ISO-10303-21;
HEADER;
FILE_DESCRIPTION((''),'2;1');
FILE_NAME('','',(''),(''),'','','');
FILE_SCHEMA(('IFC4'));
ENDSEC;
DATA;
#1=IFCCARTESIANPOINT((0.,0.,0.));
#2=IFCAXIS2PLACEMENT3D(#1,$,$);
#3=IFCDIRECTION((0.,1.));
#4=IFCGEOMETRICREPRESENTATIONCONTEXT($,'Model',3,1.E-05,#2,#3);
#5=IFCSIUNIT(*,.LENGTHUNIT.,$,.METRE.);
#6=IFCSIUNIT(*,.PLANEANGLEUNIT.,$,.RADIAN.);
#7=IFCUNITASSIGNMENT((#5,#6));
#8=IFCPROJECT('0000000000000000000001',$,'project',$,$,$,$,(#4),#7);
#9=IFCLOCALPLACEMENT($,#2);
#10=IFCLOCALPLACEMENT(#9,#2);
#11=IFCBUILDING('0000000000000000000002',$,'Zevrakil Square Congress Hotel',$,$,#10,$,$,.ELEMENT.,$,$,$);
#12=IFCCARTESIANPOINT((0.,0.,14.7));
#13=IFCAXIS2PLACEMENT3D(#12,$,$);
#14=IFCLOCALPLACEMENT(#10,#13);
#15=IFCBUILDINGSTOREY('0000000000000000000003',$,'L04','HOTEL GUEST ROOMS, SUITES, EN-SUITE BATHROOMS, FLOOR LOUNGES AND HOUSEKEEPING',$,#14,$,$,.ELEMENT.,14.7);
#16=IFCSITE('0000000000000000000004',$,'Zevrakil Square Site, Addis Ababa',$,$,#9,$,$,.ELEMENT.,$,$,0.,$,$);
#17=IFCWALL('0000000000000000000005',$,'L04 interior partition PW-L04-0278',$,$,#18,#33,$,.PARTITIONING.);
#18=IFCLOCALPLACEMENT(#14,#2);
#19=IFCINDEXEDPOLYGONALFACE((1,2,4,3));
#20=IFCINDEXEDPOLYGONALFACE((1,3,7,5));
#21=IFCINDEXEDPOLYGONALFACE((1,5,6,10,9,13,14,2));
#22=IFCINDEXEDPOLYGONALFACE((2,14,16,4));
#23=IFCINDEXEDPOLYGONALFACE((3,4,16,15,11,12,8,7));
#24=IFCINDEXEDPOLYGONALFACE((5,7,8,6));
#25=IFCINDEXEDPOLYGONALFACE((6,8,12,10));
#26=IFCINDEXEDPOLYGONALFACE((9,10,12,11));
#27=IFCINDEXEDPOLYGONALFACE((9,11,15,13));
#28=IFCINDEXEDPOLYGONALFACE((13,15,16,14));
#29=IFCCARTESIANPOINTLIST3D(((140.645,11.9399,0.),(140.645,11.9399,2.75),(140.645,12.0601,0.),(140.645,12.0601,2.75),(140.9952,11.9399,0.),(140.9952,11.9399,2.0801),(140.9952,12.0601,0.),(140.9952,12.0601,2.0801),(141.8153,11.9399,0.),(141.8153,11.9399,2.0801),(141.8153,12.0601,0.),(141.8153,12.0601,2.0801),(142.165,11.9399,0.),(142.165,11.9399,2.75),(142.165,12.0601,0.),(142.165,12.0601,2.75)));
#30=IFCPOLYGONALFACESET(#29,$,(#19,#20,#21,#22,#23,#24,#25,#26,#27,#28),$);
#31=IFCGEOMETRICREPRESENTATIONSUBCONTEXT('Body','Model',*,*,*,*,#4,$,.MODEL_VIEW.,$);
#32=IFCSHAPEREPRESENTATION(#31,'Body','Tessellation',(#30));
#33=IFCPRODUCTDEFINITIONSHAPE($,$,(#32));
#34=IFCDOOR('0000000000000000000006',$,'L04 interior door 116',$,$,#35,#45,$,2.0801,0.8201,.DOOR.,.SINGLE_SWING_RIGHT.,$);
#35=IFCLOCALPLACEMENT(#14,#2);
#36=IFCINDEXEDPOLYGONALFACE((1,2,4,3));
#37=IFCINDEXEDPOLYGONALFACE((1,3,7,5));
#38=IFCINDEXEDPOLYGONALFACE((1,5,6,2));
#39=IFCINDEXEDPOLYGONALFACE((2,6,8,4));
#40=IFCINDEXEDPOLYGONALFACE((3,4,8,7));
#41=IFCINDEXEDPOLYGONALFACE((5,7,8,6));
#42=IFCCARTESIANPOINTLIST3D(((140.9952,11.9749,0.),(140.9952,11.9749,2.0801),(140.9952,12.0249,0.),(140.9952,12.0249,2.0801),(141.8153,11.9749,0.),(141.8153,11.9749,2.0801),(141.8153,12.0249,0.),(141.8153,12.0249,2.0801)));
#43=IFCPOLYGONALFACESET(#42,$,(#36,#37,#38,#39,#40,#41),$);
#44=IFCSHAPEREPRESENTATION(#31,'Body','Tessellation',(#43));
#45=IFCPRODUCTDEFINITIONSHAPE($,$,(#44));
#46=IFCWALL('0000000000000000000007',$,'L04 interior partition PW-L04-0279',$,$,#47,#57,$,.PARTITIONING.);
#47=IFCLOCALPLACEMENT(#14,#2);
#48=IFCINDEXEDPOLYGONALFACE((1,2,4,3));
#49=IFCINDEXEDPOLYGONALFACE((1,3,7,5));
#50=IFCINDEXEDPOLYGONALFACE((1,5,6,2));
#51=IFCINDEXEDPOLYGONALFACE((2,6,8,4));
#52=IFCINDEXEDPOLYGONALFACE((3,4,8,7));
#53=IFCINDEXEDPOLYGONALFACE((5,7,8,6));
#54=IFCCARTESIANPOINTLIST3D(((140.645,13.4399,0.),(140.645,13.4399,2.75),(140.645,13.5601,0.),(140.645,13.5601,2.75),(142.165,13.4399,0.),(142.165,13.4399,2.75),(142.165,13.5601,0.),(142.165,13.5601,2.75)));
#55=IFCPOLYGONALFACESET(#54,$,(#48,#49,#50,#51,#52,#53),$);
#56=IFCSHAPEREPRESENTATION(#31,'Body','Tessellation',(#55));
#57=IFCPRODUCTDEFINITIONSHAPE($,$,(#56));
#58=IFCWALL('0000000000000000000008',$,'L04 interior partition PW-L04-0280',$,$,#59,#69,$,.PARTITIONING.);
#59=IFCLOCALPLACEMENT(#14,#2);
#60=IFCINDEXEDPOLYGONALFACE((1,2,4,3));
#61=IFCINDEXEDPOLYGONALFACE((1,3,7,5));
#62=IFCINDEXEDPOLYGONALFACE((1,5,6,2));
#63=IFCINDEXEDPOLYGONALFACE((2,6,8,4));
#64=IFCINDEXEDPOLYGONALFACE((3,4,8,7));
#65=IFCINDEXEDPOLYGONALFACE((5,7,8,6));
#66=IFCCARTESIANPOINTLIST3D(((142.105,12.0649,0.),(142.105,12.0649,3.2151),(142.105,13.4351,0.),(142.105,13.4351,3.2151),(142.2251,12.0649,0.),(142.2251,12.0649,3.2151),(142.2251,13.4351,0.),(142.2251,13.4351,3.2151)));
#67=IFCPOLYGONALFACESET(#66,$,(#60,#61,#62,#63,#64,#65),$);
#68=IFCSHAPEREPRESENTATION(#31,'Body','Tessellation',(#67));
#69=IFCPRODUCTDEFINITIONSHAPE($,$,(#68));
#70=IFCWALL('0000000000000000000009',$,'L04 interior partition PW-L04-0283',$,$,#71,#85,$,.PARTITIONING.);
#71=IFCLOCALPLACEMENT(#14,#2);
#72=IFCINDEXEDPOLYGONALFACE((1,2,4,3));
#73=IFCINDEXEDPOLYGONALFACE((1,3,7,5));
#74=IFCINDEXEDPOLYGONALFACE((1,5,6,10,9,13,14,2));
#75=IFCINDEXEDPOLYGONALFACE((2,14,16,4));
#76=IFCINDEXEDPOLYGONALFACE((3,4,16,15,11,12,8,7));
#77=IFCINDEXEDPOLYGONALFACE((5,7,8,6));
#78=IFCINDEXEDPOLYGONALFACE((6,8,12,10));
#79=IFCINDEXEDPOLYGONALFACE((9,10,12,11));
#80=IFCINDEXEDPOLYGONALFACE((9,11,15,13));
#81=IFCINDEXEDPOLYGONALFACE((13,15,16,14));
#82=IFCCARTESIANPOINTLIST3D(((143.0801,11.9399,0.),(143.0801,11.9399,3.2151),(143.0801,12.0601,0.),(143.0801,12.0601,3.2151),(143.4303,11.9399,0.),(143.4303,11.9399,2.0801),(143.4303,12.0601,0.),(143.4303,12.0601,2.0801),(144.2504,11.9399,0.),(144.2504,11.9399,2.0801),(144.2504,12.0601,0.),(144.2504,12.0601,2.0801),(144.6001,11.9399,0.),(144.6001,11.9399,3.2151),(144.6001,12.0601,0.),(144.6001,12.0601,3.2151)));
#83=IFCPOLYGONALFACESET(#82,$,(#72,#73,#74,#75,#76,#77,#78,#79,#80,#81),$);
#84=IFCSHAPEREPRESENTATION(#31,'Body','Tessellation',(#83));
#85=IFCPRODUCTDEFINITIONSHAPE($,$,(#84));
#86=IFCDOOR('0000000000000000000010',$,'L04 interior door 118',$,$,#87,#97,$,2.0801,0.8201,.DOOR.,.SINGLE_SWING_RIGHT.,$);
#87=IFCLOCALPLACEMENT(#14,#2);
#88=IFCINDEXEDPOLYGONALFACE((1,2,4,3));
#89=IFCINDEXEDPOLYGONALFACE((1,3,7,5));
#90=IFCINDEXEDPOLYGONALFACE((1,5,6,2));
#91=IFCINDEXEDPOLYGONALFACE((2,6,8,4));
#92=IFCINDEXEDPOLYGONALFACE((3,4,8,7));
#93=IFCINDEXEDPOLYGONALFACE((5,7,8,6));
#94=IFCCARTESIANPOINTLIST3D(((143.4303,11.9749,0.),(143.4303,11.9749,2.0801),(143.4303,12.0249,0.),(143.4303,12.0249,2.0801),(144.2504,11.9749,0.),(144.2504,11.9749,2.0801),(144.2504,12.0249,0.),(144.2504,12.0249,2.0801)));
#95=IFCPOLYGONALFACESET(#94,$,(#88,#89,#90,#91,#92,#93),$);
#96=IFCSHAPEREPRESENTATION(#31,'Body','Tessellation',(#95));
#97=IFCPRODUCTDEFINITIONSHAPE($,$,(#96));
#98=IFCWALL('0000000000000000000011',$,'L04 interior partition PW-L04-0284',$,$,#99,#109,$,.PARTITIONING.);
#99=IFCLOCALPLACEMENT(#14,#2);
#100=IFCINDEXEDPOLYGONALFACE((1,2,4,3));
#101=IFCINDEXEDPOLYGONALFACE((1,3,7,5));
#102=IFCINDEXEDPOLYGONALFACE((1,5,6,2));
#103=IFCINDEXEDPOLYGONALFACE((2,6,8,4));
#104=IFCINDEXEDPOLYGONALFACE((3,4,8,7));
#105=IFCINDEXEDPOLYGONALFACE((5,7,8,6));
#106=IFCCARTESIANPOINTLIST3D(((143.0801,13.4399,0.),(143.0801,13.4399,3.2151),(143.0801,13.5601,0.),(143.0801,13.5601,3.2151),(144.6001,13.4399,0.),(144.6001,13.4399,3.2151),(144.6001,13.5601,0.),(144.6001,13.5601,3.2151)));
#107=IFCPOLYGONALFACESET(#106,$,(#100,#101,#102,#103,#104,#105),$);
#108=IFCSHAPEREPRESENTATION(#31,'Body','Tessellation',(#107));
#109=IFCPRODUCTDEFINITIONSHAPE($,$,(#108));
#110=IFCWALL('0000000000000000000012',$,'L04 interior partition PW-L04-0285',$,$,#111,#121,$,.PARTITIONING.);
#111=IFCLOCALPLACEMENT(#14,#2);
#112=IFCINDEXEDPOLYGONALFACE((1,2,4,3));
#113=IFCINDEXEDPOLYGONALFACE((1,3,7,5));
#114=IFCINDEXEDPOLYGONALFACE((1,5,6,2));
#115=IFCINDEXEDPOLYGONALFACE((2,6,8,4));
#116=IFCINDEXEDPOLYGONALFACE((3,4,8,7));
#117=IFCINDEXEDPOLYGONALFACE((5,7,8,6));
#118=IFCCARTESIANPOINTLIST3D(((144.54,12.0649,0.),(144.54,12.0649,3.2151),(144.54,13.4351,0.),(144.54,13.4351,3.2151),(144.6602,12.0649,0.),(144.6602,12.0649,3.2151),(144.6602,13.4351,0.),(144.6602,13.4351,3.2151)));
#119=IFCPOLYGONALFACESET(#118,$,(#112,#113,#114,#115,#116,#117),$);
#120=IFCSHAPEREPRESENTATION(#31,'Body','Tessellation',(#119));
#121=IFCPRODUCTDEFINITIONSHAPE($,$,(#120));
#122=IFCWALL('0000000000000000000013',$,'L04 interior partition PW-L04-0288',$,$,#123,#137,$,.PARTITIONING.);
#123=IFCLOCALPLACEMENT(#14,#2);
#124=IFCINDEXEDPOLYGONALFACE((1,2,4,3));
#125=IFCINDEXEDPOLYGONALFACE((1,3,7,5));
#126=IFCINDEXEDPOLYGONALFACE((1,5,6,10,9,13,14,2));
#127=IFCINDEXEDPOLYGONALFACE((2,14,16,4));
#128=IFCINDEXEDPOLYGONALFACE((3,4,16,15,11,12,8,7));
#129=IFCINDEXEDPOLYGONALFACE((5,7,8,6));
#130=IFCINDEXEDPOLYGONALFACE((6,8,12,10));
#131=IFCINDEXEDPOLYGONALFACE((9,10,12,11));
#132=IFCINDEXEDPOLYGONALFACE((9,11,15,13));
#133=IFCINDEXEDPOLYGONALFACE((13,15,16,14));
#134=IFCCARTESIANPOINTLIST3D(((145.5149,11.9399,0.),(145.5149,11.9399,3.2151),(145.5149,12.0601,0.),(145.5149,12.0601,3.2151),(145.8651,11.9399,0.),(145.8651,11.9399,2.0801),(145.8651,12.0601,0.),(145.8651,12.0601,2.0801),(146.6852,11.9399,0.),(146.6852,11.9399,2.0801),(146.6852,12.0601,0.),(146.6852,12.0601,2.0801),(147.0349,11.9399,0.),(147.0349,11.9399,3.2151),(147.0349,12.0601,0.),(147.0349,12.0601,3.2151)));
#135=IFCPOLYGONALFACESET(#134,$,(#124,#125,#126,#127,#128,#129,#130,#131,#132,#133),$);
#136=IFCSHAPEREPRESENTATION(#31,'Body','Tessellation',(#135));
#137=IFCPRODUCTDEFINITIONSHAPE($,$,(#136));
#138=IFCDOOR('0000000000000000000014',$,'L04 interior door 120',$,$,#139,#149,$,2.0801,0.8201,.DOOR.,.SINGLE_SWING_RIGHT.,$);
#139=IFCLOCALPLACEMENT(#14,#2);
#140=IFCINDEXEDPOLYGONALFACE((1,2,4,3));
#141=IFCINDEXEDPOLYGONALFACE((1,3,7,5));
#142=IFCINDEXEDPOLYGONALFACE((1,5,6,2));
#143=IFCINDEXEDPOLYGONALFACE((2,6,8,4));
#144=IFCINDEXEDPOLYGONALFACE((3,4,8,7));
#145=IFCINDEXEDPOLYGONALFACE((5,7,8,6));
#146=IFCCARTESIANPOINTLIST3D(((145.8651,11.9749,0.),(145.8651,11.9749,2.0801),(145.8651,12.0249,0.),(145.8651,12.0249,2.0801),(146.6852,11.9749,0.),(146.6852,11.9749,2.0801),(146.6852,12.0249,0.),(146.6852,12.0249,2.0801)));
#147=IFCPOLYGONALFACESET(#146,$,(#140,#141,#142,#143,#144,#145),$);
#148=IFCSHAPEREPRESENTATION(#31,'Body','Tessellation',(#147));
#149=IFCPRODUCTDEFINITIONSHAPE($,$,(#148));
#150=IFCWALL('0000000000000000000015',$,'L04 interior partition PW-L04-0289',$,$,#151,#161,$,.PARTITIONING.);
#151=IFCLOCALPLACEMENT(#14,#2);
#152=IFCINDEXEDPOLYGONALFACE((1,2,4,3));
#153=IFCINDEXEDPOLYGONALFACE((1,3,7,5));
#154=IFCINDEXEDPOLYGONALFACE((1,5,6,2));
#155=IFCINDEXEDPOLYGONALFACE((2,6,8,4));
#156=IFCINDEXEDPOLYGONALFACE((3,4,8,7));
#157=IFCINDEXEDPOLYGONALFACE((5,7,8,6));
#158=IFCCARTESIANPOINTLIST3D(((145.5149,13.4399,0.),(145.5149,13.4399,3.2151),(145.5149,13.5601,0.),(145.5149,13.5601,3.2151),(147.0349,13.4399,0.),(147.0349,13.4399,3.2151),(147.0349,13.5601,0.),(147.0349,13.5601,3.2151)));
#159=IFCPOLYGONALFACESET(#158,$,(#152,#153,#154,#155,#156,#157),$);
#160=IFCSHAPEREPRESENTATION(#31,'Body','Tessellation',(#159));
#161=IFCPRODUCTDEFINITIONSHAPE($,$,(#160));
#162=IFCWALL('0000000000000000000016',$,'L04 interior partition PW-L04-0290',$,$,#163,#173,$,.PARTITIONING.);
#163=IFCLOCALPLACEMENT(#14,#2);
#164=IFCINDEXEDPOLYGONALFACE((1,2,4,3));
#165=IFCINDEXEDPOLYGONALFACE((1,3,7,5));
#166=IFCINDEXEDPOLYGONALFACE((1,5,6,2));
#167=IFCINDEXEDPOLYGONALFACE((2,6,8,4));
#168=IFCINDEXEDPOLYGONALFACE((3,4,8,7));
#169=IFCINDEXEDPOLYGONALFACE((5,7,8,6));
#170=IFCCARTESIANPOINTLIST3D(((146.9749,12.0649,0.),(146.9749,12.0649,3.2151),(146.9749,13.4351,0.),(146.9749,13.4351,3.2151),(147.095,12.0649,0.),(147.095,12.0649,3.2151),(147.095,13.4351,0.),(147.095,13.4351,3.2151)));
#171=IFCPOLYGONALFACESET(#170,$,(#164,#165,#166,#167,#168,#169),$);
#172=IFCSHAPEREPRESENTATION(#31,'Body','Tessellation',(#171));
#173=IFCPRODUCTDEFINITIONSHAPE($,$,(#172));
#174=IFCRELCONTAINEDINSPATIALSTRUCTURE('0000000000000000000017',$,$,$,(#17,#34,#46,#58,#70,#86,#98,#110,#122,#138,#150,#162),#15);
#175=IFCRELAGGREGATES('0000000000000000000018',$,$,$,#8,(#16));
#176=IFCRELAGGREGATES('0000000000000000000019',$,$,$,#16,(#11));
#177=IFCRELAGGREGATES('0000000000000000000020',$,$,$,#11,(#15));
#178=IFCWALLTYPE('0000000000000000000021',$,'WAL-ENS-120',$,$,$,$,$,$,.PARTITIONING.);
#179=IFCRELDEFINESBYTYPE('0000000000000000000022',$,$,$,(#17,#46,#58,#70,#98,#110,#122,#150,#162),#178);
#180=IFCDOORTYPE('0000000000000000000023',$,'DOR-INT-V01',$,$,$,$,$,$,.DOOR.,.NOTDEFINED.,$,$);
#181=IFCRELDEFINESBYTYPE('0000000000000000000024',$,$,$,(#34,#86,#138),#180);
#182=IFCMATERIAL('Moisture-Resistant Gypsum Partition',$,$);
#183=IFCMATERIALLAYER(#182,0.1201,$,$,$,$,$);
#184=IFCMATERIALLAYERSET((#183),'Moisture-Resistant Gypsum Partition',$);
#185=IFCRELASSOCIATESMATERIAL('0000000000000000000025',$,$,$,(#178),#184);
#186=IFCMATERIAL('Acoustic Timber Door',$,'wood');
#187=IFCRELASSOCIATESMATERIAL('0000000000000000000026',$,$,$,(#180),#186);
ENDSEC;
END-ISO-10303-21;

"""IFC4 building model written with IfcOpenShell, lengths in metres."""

from ifc_helpers import new_model, si_unit, direction, frame, frame_2d, origin, place, context, subcontext, project, spatial, rectangle, extrude, material, layer, layer_set, type_object, element, fill, save


model = new_model("IFC4")

# Units and contexts
model_context = context("Model", 3, precision=1e-05, world=origin(), true_north=direction((0.0, 1.0)))
body_context = subcontext(model_context, "Body", "Model", "MODEL_VIEW")
ifc_project = project(units=[si_unit("LENGTHUNIT", "METRE"), si_unit("PLANEANGLEUNIT", "RADIAN")], contexts=[model_context])

# Site, building, storey
site_placement = place(None, origin())
site = spatial("IfcSite", under=ifc_project, at=site_placement, Name="Zevrakil Square Site, Addis Ababa", CompositionType="ELEMENT", RefElevation=0.0)
building_placement = place(site_placement, origin())
building = spatial("IfcBuilding", under=site, at=building_placement, Name="Zevrakil Square Congress Hotel", CompositionType="ELEMENT")
storey_placement = place(building_placement, frame((0.0, 0.0, 14.7)))
storey = spatial("IfcBuildingStorey", under=building, at=storey_placement, Name="L04", Description="HOTEL GUEST ROOMS, SUITES, EN-SUITE BATHROOMS, FLOOR LOUNGES AND HOUSEKEEPING", CompositionType="ELEMENT", Elevation=14.7)

# Shared definitions
ifc_material_1 = material(Name="Moisture-Resistant Gypsum Partition")
ifc_layer_1 = layer(ifc_material_1, 0.1201)
ifc_layer_set_1 = layer_set([ifc_layer_1], Name="Moisture-Resistant Gypsum Partition")
wall_type = type_object("IfcWallType", Name="WAL-ENS-120", PredefinedType="PARTITIONING", material=ifc_layer_set_1)

# Wall, opening, door
wall_1_placement = place(storey_placement, frame((140.645, 12.0, 0.0), z_axis=(0.0, 0.0, 1.0), x_axis=(1.0, 0.0, 0.0)))
wall_1 = element("IfcWall", 1, at=wall_1_placement, inside=storey, type_object=wall_type, Name="L04 interior partition PW-L04-0278", PredefinedType="PARTITIONING", context=body_context, shape_type="SweptSolid", body=[
    extrude(rectangle(XDim=1.52, YDim=0.1201, at=frame_2d((0.76, 0.0))), origin(), (0.0, 0.0, 1.0), 2.75),
])
opening_1_placement = place(wall_1_placement, frame((0.3501, 0.0, 0.0)))
opening_1 = element("IfcOpeningElement", 2, at=opening_1_placement, cuts=wall_1, PredefinedType="OPENING", context=body_context, shape_type="SweptSolid", body=[
    extrude(rectangle(XDim=0.8201, YDim=2.0801, at=frame_2d((0.4102, 1.04))), frame((0.0, 0.0701, 0.0), z_axis=(0.0, -1.0, 0.0), x_axis=(1.0, 0.0, 0.0)), (0.0, 0.0, 1.0), 0.1401),
])
ifc_material_2 = material(Name="Acoustic Timber Door", Category="wood")
door_type = type_object("IfcDoorType", Name="DOR-INT-V01", OperationType="NOTDEFINED", PredefinedType="DOOR", material=ifc_material_2)
door_1_placement = place(opening_1_placement, origin())
door_1 = element("IfcDoor", 3, at=door_1_placement, inside=storey, type_object=door_type, Name="L04 interior door 116", OperationType="SINGLE_SWING_RIGHT", OverallHeight=2.0801, OverallWidth=0.8201, PredefinedType="DOOR", context=body_context, shape_type="SweptSolid", body=[
    extrude(rectangle(XDim=0.8201, YDim=2.0801, at=frame_2d((0.4102, 1.04))), frame((0.0, 0.0249, 0.0), z_axis=(0.0, -1.0, 0.0), x_axis=(1.0, 0.0, 0.0)), (0.0, 0.0, 1.0), 0.05),
])
fill(opening_1, door_1)

# Walls
wall_2_placement = place(storey_placement, frame((140.645, 13.5, 0.0), z_axis=(0.0, 0.0, 1.0), x_axis=(1.0, 0.0, 0.0)))
element("IfcWall", 4, at=wall_2_placement, inside=storey, type_object=wall_type, Name="L04 interior partition PW-L04-0279", PredefinedType="PARTITIONING", context=body_context, shape_type="SweptSolid", body=[
    extrude(rectangle(XDim=1.52, YDim=0.1201, at=frame_2d((0.76, 0.0))), origin(), (0.0, 0.0, 1.0), 2.75),
])
wall_3_placement = place(storey_placement, frame((142.165, 12.0649, 0.0), z_axis=(0.0, 0.0, 1.0), x_axis=(0.0, 1.0, 0.0)))
element("IfcWall", 5, at=wall_3_placement, inside=storey, type_object=wall_type, Name="L04 interior partition PW-L04-0280", PredefinedType="PARTITIONING", context=body_context, shape_type="SweptSolid", body=[
    extrude(rectangle(XDim=1.3701, YDim=0.1201, at=frame_2d((0.6851, 0.0))), origin(), (0.0, 0.0, 1.0), 3.2151),
])

# Wall, opening, door
wall_4_placement = place(storey_placement, frame((143.0801, 12.0, 0.0), z_axis=(0.0, 0.0, 1.0), x_axis=(1.0, 0.0, 0.0)))
wall_4 = element("IfcWall", 6, at=wall_4_placement, inside=storey, type_object=wall_type, Name="L04 interior partition PW-L04-0283", PredefinedType="PARTITIONING", context=body_context, shape_type="SweptSolid", body=[
    extrude(rectangle(XDim=1.52, YDim=0.1201, at=frame_2d((0.76, 0.0))), origin(), (0.0, 0.0, 1.0), 3.2151),
])
opening_2_placement = place(wall_4_placement, frame((0.3501, 0.0, 0.0)))
opening_2 = element("IfcOpeningElement", 7, at=opening_2_placement, cuts=wall_4, PredefinedType="OPENING", context=body_context, shape_type="SweptSolid", body=[
    extrude(rectangle(XDim=0.8201, YDim=2.0801, at=frame_2d((0.4102, 1.04))), frame((0.0, 0.0701, 0.0), z_axis=(0.0, -1.0, 0.0), x_axis=(1.0, 0.0, 0.0)), (0.0, 0.0, 1.0), 0.1401),
])
door_2_placement = place(opening_2_placement, origin())
door_2 = element("IfcDoor", 8, at=door_2_placement, inside=storey, type_object=door_type, Name="L04 interior door 118", OperationType="SINGLE_SWING_RIGHT", OverallHeight=2.0801, OverallWidth=0.8201, PredefinedType="DOOR", context=body_context, shape_type="SweptSolid", body=[
    extrude(rectangle(XDim=0.8201, YDim=2.0801, at=frame_2d((0.4102, 1.04))), frame((0.0, 0.0249, 0.0), z_axis=(0.0, -1.0, 0.0), x_axis=(1.0, 0.0, 0.0)), (0.0, 0.0, 1.0), 0.05),
])
fill(opening_2, door_2)

# Walls
wall_5_placement = place(storey_placement, frame((143.0801, 13.5, 0.0), z_axis=(0.0, 0.0, 1.0), x_axis=(1.0, 0.0, 0.0)))
element("IfcWall", 9, at=wall_5_placement, inside=storey, type_object=wall_type, Name="L04 interior partition PW-L04-0284", PredefinedType="PARTITIONING", context=body_context, shape_type="SweptSolid", body=[
    extrude(rectangle(XDim=1.52, YDim=0.1201, at=frame_2d((0.76, 0.0))), origin(), (0.0, 0.0, 1.0), 3.2151),
])
wall_6_placement = place(storey_placement, frame((144.6001, 12.0649, 0.0), z_axis=(0.0, 0.0, 1.0), x_axis=(0.0, 1.0, 0.0)))
element("IfcWall", 10, at=wall_6_placement, inside=storey, type_object=wall_type, Name="L04 interior partition PW-L04-0285", PredefinedType="PARTITIONING", context=body_context, shape_type="SweptSolid", body=[
    extrude(rectangle(XDim=1.3701, YDim=0.1201, at=frame_2d((0.6851, 0.0))), origin(), (0.0, 0.0, 1.0), 3.2151),
])

# Wall, opening, door
wall_7_placement = place(storey_placement, frame((145.5149, 12.0, 0.0), z_axis=(0.0, 0.0, 1.0), x_axis=(1.0, 0.0, 0.0)))
wall_7 = element("IfcWall", 11, at=wall_7_placement, inside=storey, type_object=wall_type, Name="L04 interior partition PW-L04-0288", PredefinedType="PARTITIONING", context=body_context, shape_type="SweptSolid", body=[
    extrude(rectangle(XDim=1.52, YDim=0.1201, at=frame_2d((0.76, 0.0))), origin(), (0.0, 0.0, 1.0), 3.2151),
])
opening_3_placement = place(wall_7_placement, frame((0.3501, 0.0, 0.0)))
opening_3 = element("IfcOpeningElement", 12, at=opening_3_placement, cuts=wall_7, PredefinedType="OPENING", context=body_context, shape_type="SweptSolid", body=[
    extrude(rectangle(XDim=0.8201, YDim=2.0801, at=frame_2d((0.4102, 1.04))), frame((0.0, 0.0701, 0.0), z_axis=(0.0, -1.0, 0.0), x_axis=(1.0, 0.0, 0.0)), (0.0, 0.0, 1.0), 0.1401),
])
door_3_placement = place(opening_3_placement, origin())
door_3 = element("IfcDoor", 13, at=door_3_placement, inside=storey, type_object=door_type, Name="L04 interior door 120", OperationType="SINGLE_SWING_RIGHT", OverallHeight=2.0801, OverallWidth=0.8201, PredefinedType="DOOR", context=body_context, shape_type="SweptSolid", body=[
    extrude(rectangle(XDim=0.8201, YDim=2.0801, at=frame_2d((0.4102, 1.04))), frame((0.0, 0.0249, 0.0), z_axis=(0.0, -1.0, 0.0), x_axis=(1.0, 0.0, 0.0)), (0.0, 0.0, 1.0), 0.05),
])
fill(opening_3, door_3)

# Walls
wall_8_placement = place(storey_placement, frame((145.5149, 13.5, 0.0), z_axis=(0.0, 0.0, 1.0), x_axis=(1.0, 0.0, 0.0)))
element("IfcWall", 14, at=wall_8_placement, inside=storey, type_object=wall_type, Name="L04 interior partition PW-L04-0289", PredefinedType="PARTITIONING", context=body_context, shape_type="SweptSolid", body=[
    extrude(rectangle(XDim=1.52, YDim=0.1201, at=frame_2d((0.76, 0.0))), origin(), (0.0, 0.0, 1.0), 3.2151),
])
wall_9_placement = place(storey_placement, frame((147.0349, 12.0649, 0.0), z_axis=(0.0, 0.0, 1.0), x_axis=(0.0, 1.0, 0.0)))
element("IfcWall", 15, at=wall_9_placement, inside=storey, type_object=wall_type, Name="L04 interior partition PW-L04-0290", PredefinedType="PARTITIONING", context=body_context, shape_type="SweptSolid", body=[
    extrude(rectangle(XDim=1.3701, YDim=0.1201, at=frame_2d((0.6851, 0.0))), origin(), (0.0, 0.0, 1.0), 3.2151),
])

save(model, "model.ifc")
